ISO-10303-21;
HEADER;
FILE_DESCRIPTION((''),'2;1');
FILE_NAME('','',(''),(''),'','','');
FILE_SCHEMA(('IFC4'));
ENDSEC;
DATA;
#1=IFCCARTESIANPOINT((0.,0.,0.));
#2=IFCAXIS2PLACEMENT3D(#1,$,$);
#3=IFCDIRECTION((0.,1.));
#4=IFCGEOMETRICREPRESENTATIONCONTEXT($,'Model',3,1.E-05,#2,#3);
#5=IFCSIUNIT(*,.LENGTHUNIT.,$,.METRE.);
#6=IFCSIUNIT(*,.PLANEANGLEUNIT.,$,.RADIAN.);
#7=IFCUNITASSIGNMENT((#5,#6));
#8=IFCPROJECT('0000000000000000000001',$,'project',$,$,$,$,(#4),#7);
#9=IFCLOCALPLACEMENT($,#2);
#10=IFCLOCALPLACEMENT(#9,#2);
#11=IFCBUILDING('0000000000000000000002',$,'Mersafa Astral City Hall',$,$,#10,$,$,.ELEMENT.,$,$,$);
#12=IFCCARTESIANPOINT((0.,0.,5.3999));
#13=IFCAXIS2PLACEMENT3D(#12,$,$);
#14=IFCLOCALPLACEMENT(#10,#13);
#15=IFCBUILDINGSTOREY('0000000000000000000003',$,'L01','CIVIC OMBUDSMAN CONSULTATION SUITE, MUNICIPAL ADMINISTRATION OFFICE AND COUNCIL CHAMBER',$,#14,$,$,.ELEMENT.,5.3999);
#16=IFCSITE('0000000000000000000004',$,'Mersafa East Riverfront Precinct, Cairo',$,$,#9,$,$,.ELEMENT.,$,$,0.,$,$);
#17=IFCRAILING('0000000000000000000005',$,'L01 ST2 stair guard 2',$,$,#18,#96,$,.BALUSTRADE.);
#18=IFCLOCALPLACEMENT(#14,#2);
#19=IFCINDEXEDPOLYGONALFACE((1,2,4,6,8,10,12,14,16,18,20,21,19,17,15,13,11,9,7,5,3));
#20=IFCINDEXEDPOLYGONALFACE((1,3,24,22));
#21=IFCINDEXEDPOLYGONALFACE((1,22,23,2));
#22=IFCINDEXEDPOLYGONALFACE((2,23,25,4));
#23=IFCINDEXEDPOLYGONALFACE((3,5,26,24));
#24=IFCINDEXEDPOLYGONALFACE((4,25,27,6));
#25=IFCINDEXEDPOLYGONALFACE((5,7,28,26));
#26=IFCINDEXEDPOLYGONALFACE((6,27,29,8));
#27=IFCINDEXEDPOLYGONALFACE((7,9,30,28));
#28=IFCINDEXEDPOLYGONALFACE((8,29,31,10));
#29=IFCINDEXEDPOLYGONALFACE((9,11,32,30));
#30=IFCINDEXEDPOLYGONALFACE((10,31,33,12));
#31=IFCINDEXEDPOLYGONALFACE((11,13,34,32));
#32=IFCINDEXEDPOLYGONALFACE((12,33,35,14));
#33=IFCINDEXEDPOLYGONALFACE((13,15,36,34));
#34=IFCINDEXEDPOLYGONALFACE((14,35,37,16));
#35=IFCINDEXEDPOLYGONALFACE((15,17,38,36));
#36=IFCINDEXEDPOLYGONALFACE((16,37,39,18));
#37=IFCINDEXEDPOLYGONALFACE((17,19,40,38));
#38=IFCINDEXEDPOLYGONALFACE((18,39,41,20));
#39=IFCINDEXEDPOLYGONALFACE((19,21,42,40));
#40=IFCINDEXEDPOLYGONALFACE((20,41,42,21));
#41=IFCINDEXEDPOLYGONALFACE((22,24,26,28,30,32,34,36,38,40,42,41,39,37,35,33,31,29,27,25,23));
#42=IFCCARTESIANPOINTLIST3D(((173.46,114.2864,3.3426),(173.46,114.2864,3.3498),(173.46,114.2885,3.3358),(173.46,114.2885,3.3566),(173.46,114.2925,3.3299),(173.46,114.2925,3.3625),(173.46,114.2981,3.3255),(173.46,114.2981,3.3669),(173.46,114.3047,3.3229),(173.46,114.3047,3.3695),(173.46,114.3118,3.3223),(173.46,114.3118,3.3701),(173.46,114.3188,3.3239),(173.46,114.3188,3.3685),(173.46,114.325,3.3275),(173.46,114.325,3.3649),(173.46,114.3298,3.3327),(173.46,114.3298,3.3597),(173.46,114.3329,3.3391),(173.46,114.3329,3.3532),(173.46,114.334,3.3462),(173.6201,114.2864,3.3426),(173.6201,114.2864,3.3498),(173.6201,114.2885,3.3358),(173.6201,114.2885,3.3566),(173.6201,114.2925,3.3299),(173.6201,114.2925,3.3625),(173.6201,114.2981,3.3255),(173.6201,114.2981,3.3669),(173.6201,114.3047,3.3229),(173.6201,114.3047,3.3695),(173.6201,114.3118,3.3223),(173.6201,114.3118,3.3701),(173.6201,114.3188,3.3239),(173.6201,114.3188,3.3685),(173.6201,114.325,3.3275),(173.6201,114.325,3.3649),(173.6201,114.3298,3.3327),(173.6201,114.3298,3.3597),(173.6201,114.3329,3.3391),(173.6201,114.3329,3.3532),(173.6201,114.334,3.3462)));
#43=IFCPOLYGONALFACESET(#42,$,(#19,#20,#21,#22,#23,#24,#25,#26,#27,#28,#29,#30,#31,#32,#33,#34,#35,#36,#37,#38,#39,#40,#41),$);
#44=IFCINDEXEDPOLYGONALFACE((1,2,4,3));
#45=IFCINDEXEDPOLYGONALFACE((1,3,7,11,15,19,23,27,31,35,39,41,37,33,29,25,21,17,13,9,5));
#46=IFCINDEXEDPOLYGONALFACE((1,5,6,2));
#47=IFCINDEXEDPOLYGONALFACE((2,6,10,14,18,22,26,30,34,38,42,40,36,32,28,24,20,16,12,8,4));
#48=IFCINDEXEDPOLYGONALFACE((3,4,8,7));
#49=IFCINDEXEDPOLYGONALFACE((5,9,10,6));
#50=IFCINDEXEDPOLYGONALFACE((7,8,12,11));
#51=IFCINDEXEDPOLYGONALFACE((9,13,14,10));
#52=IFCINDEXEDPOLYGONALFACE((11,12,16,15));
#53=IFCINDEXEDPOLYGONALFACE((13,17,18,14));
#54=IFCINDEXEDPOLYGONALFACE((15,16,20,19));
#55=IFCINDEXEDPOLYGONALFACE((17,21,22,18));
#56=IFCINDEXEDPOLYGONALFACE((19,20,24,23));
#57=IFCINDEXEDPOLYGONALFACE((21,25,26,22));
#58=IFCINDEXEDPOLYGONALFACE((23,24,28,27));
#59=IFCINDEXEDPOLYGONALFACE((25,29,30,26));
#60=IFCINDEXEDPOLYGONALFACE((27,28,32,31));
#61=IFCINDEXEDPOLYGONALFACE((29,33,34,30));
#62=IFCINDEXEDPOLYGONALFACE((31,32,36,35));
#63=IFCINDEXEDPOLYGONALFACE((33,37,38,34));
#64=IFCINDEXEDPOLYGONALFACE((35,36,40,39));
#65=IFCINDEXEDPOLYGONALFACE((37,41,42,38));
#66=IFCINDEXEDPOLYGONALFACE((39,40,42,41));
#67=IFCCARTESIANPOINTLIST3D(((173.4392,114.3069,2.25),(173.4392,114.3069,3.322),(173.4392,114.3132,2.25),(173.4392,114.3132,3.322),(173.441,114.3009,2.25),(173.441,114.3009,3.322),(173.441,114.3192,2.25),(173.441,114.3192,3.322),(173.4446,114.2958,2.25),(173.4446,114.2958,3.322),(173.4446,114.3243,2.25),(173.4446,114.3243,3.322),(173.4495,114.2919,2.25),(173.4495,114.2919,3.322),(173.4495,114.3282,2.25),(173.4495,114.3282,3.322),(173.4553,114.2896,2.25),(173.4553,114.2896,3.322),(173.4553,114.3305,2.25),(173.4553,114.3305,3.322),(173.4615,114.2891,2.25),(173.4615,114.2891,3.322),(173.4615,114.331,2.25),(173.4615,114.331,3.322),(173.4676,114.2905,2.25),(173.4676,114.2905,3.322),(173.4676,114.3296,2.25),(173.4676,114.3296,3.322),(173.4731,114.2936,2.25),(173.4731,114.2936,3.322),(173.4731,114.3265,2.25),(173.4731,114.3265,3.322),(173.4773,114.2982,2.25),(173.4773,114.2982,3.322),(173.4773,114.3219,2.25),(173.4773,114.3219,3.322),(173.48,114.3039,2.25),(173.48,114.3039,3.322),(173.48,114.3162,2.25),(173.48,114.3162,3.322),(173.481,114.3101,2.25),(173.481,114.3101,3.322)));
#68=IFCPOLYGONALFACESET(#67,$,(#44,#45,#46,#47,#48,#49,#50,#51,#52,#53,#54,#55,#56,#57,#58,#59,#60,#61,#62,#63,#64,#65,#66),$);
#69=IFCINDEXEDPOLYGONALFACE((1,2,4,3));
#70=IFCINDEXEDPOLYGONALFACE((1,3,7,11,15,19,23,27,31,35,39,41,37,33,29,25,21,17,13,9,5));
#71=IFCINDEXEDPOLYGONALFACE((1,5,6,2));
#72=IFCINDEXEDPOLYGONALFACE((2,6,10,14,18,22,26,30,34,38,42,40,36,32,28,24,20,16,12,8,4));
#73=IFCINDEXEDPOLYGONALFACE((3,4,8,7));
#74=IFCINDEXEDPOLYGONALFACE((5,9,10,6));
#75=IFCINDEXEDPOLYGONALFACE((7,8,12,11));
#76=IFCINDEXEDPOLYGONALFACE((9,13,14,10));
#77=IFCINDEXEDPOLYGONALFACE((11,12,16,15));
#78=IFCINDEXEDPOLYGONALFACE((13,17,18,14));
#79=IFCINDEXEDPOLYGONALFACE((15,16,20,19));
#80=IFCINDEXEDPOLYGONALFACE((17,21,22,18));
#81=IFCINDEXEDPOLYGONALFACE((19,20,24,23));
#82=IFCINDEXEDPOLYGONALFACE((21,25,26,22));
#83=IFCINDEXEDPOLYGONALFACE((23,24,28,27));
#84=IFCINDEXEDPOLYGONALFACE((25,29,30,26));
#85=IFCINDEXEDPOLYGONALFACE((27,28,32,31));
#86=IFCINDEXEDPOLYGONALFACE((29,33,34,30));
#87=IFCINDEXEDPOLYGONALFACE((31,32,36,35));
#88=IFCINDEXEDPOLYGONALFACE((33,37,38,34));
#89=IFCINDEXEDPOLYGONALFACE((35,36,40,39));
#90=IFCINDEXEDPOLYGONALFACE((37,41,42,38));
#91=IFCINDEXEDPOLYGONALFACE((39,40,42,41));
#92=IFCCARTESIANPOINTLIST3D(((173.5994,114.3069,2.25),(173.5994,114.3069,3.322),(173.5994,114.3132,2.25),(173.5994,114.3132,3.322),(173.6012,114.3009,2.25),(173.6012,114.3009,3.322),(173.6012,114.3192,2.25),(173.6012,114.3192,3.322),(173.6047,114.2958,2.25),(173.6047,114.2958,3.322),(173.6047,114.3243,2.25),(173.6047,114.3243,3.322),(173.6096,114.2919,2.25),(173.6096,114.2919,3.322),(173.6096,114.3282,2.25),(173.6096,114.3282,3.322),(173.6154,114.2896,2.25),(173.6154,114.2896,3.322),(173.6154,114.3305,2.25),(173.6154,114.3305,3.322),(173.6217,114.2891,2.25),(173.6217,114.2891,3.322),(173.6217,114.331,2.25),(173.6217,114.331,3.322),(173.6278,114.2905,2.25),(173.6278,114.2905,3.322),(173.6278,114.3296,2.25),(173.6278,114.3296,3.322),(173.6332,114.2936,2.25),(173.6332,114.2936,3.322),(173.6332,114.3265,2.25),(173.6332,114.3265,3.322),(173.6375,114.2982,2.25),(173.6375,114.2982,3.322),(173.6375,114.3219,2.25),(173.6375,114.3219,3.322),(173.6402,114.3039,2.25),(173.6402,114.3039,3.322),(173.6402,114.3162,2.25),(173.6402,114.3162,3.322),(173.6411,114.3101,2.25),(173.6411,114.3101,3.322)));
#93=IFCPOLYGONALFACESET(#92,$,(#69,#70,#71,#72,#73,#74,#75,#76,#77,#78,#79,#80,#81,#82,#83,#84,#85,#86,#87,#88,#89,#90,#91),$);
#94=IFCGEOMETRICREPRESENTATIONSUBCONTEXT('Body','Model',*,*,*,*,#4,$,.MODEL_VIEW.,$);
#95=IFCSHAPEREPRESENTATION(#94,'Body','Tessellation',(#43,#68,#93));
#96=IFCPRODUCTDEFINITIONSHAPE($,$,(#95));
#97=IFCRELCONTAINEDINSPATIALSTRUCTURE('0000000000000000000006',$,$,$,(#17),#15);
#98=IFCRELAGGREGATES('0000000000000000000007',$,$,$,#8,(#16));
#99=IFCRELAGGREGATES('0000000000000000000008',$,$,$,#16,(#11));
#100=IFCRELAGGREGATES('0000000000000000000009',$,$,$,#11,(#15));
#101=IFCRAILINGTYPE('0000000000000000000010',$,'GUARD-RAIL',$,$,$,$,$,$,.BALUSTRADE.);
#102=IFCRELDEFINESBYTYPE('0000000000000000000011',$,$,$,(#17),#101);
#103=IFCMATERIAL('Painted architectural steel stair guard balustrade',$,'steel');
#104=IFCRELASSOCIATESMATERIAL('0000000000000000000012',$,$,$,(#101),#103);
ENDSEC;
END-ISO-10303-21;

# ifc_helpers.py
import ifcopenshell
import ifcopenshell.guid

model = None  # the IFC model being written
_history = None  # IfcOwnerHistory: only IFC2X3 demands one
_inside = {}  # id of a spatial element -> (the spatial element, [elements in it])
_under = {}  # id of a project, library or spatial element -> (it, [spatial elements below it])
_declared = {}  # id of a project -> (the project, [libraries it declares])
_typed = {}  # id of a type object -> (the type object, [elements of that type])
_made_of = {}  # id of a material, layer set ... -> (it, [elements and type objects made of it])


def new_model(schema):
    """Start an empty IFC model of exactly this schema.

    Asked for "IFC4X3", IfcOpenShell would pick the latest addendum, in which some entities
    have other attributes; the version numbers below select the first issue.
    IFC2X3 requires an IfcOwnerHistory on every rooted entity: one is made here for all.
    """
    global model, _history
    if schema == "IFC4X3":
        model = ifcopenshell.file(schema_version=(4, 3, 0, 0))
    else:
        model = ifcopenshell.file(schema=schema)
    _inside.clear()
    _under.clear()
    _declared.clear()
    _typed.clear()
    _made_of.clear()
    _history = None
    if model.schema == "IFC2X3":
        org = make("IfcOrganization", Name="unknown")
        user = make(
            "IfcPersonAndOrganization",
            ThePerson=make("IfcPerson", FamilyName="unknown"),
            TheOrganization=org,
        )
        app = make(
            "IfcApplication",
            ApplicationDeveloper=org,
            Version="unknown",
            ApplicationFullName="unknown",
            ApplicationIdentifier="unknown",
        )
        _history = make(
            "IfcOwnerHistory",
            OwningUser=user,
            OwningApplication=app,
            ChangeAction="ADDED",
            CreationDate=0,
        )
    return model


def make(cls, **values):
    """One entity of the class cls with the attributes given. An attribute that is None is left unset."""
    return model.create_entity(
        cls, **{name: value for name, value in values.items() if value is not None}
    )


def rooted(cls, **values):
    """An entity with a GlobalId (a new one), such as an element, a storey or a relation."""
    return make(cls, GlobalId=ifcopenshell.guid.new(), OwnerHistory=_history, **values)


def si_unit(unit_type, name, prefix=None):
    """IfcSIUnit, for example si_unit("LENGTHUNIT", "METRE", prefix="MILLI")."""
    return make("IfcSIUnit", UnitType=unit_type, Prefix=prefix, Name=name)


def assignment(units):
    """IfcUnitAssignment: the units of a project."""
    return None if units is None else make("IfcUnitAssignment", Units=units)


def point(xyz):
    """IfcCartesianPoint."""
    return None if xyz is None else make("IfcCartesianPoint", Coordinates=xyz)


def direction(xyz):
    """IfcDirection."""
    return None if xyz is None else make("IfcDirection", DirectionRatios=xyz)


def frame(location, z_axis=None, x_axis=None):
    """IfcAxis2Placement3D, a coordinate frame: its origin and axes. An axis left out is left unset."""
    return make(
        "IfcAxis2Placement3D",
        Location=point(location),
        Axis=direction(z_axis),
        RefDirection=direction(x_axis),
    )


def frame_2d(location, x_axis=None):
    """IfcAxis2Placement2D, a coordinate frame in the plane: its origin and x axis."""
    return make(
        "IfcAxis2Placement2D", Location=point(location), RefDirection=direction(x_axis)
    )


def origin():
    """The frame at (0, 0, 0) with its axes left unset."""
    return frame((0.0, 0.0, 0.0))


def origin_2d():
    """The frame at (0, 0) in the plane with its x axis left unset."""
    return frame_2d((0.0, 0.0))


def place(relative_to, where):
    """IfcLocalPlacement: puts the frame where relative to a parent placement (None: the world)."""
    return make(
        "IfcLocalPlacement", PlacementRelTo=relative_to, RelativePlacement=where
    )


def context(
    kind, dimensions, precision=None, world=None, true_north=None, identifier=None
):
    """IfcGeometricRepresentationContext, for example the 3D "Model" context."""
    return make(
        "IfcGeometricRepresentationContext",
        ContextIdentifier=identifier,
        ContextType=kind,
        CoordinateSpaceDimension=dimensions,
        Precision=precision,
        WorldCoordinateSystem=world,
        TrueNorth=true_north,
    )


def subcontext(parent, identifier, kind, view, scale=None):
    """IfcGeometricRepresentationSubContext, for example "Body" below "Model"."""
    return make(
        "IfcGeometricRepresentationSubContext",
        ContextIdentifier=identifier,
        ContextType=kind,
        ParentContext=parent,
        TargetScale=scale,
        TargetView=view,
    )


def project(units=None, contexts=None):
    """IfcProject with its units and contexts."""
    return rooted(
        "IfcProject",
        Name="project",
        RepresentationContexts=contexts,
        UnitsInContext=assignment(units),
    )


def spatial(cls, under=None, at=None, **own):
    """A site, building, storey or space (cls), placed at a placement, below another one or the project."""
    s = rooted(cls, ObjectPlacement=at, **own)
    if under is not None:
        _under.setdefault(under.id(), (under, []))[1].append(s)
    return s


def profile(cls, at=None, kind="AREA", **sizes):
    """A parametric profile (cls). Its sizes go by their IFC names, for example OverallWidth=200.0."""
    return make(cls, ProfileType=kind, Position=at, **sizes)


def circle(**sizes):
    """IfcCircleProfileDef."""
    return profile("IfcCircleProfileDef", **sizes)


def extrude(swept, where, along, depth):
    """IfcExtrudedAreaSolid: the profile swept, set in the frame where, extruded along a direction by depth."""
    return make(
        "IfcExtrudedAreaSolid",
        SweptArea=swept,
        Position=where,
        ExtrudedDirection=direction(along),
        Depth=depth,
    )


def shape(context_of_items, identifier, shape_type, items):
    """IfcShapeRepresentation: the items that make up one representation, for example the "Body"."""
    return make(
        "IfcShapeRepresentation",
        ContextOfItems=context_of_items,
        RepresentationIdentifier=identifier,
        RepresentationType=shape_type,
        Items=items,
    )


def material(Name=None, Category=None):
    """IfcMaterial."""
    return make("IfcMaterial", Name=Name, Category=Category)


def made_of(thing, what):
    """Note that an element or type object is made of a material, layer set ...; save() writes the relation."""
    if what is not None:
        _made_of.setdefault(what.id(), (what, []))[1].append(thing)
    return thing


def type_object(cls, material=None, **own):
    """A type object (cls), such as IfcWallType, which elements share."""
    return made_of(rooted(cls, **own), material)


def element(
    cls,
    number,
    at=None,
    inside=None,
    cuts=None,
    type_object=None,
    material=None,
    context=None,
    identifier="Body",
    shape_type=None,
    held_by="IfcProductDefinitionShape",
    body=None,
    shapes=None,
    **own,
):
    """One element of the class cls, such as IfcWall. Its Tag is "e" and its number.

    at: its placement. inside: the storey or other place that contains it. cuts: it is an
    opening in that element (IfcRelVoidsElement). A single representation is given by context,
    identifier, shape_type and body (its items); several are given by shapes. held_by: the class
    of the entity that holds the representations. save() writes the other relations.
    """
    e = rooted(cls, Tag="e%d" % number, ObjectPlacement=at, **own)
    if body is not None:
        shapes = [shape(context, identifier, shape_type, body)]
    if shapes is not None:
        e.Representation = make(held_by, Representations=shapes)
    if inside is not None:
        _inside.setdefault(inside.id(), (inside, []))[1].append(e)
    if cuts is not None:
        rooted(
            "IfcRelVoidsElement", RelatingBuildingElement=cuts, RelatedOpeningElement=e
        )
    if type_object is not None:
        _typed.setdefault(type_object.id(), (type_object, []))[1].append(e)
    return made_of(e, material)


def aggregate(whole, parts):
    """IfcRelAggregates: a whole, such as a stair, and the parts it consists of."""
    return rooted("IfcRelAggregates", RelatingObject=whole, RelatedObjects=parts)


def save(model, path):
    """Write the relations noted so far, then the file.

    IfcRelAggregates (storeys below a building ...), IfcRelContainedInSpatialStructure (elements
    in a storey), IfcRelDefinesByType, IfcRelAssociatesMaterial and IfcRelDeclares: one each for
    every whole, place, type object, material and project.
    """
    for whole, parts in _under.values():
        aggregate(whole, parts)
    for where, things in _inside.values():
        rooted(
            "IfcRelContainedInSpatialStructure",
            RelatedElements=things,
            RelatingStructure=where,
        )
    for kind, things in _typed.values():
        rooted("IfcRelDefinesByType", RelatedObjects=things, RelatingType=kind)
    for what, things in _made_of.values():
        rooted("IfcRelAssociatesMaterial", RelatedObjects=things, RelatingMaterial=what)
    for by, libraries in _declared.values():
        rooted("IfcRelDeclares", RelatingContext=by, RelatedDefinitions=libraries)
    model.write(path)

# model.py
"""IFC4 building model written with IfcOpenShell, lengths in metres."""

from ifc_helpers import new_model, si_unit, direction, frame, origin, origin_2d, place, context, subcontext, project, spatial, circle, extrude, material, type_object, element, save


model = new_model("IFC4")

# Units and contexts
model_context = context("Model", 3, precision=1e-05, world=origin(), true_north=direction((0.0, 1.0)))
body_context = subcontext(model_context, "Body", "Model", "MODEL_VIEW")
ifc_project = project(units=[si_unit("LENGTHUNIT", "METRE"), si_unit("PLANEANGLEUNIT", "RADIAN")], contexts=[model_context])

# Site, building, storey
site_placement = place(None, origin())
site = spatial("IfcSite", under=ifc_project, at=site_placement, Name="Mersafa East Riverfront Precinct, Cairo", CompositionType="ELEMENT", RefElevation=0.0)
building_placement = place(site_placement, origin())
building = spatial("IfcBuilding", under=site, at=building_placement, Name="Mersafa Astral City Hall", CompositionType="ELEMENT")
storey_placement = place(building_placement, frame((0.0, 0.0, 5.3999)))
storey = spatial("IfcBuildingStorey", under=building, at=storey_placement, Name="L01", Description="CIVIC OMBUDSMAN CONSULTATION SUITE, MUNICIPAL ADMINISTRATION OFFICE AND COUNCIL CHAMBER", CompositionType="ELEMENT", Elevation=5.3999)

# Railing
ifc_material_1 = material(Name="Painted architectural steel stair guard balustrade", Category="steel")
railing_type_1 = type_object("IfcRailingType", Name="GUARD-RAIL", PredefinedType="BALUSTRADE", material=ifc_material_1)
railing_1_placement = place(storey_placement, frame((173.46, 114.3101, 2.25)))
element("IfcRailing", 1, at=railing_1_placement, inside=storey, type_object=railing_type_1, Name="L01 ST2 stair guard 2", PredefinedType="BALUSTRADE", context=body_context, shape_type="SweptSolid", body=[
    extrude(circle(Radius=0.0239, at=origin_2d()), frame((0.0, 0.0, 1.0962), z_axis=(1.0, 0.0, 0.0), x_axis=(0.0, 1.0, 0.0)), (0.0, 0.0, 1.0), 0.1602),
    extrude(circle(Radius=0.021, at=origin_2d()), origin(), (0.0, 0.0, 1.0), 1.072),
    extrude(circle(Radius=0.021, at=origin_2d()), frame((0.1602, 0.0, 0.0)), (0.0, 0.0, 1.0), 1.072),
])

save(model, "model.ifc")
